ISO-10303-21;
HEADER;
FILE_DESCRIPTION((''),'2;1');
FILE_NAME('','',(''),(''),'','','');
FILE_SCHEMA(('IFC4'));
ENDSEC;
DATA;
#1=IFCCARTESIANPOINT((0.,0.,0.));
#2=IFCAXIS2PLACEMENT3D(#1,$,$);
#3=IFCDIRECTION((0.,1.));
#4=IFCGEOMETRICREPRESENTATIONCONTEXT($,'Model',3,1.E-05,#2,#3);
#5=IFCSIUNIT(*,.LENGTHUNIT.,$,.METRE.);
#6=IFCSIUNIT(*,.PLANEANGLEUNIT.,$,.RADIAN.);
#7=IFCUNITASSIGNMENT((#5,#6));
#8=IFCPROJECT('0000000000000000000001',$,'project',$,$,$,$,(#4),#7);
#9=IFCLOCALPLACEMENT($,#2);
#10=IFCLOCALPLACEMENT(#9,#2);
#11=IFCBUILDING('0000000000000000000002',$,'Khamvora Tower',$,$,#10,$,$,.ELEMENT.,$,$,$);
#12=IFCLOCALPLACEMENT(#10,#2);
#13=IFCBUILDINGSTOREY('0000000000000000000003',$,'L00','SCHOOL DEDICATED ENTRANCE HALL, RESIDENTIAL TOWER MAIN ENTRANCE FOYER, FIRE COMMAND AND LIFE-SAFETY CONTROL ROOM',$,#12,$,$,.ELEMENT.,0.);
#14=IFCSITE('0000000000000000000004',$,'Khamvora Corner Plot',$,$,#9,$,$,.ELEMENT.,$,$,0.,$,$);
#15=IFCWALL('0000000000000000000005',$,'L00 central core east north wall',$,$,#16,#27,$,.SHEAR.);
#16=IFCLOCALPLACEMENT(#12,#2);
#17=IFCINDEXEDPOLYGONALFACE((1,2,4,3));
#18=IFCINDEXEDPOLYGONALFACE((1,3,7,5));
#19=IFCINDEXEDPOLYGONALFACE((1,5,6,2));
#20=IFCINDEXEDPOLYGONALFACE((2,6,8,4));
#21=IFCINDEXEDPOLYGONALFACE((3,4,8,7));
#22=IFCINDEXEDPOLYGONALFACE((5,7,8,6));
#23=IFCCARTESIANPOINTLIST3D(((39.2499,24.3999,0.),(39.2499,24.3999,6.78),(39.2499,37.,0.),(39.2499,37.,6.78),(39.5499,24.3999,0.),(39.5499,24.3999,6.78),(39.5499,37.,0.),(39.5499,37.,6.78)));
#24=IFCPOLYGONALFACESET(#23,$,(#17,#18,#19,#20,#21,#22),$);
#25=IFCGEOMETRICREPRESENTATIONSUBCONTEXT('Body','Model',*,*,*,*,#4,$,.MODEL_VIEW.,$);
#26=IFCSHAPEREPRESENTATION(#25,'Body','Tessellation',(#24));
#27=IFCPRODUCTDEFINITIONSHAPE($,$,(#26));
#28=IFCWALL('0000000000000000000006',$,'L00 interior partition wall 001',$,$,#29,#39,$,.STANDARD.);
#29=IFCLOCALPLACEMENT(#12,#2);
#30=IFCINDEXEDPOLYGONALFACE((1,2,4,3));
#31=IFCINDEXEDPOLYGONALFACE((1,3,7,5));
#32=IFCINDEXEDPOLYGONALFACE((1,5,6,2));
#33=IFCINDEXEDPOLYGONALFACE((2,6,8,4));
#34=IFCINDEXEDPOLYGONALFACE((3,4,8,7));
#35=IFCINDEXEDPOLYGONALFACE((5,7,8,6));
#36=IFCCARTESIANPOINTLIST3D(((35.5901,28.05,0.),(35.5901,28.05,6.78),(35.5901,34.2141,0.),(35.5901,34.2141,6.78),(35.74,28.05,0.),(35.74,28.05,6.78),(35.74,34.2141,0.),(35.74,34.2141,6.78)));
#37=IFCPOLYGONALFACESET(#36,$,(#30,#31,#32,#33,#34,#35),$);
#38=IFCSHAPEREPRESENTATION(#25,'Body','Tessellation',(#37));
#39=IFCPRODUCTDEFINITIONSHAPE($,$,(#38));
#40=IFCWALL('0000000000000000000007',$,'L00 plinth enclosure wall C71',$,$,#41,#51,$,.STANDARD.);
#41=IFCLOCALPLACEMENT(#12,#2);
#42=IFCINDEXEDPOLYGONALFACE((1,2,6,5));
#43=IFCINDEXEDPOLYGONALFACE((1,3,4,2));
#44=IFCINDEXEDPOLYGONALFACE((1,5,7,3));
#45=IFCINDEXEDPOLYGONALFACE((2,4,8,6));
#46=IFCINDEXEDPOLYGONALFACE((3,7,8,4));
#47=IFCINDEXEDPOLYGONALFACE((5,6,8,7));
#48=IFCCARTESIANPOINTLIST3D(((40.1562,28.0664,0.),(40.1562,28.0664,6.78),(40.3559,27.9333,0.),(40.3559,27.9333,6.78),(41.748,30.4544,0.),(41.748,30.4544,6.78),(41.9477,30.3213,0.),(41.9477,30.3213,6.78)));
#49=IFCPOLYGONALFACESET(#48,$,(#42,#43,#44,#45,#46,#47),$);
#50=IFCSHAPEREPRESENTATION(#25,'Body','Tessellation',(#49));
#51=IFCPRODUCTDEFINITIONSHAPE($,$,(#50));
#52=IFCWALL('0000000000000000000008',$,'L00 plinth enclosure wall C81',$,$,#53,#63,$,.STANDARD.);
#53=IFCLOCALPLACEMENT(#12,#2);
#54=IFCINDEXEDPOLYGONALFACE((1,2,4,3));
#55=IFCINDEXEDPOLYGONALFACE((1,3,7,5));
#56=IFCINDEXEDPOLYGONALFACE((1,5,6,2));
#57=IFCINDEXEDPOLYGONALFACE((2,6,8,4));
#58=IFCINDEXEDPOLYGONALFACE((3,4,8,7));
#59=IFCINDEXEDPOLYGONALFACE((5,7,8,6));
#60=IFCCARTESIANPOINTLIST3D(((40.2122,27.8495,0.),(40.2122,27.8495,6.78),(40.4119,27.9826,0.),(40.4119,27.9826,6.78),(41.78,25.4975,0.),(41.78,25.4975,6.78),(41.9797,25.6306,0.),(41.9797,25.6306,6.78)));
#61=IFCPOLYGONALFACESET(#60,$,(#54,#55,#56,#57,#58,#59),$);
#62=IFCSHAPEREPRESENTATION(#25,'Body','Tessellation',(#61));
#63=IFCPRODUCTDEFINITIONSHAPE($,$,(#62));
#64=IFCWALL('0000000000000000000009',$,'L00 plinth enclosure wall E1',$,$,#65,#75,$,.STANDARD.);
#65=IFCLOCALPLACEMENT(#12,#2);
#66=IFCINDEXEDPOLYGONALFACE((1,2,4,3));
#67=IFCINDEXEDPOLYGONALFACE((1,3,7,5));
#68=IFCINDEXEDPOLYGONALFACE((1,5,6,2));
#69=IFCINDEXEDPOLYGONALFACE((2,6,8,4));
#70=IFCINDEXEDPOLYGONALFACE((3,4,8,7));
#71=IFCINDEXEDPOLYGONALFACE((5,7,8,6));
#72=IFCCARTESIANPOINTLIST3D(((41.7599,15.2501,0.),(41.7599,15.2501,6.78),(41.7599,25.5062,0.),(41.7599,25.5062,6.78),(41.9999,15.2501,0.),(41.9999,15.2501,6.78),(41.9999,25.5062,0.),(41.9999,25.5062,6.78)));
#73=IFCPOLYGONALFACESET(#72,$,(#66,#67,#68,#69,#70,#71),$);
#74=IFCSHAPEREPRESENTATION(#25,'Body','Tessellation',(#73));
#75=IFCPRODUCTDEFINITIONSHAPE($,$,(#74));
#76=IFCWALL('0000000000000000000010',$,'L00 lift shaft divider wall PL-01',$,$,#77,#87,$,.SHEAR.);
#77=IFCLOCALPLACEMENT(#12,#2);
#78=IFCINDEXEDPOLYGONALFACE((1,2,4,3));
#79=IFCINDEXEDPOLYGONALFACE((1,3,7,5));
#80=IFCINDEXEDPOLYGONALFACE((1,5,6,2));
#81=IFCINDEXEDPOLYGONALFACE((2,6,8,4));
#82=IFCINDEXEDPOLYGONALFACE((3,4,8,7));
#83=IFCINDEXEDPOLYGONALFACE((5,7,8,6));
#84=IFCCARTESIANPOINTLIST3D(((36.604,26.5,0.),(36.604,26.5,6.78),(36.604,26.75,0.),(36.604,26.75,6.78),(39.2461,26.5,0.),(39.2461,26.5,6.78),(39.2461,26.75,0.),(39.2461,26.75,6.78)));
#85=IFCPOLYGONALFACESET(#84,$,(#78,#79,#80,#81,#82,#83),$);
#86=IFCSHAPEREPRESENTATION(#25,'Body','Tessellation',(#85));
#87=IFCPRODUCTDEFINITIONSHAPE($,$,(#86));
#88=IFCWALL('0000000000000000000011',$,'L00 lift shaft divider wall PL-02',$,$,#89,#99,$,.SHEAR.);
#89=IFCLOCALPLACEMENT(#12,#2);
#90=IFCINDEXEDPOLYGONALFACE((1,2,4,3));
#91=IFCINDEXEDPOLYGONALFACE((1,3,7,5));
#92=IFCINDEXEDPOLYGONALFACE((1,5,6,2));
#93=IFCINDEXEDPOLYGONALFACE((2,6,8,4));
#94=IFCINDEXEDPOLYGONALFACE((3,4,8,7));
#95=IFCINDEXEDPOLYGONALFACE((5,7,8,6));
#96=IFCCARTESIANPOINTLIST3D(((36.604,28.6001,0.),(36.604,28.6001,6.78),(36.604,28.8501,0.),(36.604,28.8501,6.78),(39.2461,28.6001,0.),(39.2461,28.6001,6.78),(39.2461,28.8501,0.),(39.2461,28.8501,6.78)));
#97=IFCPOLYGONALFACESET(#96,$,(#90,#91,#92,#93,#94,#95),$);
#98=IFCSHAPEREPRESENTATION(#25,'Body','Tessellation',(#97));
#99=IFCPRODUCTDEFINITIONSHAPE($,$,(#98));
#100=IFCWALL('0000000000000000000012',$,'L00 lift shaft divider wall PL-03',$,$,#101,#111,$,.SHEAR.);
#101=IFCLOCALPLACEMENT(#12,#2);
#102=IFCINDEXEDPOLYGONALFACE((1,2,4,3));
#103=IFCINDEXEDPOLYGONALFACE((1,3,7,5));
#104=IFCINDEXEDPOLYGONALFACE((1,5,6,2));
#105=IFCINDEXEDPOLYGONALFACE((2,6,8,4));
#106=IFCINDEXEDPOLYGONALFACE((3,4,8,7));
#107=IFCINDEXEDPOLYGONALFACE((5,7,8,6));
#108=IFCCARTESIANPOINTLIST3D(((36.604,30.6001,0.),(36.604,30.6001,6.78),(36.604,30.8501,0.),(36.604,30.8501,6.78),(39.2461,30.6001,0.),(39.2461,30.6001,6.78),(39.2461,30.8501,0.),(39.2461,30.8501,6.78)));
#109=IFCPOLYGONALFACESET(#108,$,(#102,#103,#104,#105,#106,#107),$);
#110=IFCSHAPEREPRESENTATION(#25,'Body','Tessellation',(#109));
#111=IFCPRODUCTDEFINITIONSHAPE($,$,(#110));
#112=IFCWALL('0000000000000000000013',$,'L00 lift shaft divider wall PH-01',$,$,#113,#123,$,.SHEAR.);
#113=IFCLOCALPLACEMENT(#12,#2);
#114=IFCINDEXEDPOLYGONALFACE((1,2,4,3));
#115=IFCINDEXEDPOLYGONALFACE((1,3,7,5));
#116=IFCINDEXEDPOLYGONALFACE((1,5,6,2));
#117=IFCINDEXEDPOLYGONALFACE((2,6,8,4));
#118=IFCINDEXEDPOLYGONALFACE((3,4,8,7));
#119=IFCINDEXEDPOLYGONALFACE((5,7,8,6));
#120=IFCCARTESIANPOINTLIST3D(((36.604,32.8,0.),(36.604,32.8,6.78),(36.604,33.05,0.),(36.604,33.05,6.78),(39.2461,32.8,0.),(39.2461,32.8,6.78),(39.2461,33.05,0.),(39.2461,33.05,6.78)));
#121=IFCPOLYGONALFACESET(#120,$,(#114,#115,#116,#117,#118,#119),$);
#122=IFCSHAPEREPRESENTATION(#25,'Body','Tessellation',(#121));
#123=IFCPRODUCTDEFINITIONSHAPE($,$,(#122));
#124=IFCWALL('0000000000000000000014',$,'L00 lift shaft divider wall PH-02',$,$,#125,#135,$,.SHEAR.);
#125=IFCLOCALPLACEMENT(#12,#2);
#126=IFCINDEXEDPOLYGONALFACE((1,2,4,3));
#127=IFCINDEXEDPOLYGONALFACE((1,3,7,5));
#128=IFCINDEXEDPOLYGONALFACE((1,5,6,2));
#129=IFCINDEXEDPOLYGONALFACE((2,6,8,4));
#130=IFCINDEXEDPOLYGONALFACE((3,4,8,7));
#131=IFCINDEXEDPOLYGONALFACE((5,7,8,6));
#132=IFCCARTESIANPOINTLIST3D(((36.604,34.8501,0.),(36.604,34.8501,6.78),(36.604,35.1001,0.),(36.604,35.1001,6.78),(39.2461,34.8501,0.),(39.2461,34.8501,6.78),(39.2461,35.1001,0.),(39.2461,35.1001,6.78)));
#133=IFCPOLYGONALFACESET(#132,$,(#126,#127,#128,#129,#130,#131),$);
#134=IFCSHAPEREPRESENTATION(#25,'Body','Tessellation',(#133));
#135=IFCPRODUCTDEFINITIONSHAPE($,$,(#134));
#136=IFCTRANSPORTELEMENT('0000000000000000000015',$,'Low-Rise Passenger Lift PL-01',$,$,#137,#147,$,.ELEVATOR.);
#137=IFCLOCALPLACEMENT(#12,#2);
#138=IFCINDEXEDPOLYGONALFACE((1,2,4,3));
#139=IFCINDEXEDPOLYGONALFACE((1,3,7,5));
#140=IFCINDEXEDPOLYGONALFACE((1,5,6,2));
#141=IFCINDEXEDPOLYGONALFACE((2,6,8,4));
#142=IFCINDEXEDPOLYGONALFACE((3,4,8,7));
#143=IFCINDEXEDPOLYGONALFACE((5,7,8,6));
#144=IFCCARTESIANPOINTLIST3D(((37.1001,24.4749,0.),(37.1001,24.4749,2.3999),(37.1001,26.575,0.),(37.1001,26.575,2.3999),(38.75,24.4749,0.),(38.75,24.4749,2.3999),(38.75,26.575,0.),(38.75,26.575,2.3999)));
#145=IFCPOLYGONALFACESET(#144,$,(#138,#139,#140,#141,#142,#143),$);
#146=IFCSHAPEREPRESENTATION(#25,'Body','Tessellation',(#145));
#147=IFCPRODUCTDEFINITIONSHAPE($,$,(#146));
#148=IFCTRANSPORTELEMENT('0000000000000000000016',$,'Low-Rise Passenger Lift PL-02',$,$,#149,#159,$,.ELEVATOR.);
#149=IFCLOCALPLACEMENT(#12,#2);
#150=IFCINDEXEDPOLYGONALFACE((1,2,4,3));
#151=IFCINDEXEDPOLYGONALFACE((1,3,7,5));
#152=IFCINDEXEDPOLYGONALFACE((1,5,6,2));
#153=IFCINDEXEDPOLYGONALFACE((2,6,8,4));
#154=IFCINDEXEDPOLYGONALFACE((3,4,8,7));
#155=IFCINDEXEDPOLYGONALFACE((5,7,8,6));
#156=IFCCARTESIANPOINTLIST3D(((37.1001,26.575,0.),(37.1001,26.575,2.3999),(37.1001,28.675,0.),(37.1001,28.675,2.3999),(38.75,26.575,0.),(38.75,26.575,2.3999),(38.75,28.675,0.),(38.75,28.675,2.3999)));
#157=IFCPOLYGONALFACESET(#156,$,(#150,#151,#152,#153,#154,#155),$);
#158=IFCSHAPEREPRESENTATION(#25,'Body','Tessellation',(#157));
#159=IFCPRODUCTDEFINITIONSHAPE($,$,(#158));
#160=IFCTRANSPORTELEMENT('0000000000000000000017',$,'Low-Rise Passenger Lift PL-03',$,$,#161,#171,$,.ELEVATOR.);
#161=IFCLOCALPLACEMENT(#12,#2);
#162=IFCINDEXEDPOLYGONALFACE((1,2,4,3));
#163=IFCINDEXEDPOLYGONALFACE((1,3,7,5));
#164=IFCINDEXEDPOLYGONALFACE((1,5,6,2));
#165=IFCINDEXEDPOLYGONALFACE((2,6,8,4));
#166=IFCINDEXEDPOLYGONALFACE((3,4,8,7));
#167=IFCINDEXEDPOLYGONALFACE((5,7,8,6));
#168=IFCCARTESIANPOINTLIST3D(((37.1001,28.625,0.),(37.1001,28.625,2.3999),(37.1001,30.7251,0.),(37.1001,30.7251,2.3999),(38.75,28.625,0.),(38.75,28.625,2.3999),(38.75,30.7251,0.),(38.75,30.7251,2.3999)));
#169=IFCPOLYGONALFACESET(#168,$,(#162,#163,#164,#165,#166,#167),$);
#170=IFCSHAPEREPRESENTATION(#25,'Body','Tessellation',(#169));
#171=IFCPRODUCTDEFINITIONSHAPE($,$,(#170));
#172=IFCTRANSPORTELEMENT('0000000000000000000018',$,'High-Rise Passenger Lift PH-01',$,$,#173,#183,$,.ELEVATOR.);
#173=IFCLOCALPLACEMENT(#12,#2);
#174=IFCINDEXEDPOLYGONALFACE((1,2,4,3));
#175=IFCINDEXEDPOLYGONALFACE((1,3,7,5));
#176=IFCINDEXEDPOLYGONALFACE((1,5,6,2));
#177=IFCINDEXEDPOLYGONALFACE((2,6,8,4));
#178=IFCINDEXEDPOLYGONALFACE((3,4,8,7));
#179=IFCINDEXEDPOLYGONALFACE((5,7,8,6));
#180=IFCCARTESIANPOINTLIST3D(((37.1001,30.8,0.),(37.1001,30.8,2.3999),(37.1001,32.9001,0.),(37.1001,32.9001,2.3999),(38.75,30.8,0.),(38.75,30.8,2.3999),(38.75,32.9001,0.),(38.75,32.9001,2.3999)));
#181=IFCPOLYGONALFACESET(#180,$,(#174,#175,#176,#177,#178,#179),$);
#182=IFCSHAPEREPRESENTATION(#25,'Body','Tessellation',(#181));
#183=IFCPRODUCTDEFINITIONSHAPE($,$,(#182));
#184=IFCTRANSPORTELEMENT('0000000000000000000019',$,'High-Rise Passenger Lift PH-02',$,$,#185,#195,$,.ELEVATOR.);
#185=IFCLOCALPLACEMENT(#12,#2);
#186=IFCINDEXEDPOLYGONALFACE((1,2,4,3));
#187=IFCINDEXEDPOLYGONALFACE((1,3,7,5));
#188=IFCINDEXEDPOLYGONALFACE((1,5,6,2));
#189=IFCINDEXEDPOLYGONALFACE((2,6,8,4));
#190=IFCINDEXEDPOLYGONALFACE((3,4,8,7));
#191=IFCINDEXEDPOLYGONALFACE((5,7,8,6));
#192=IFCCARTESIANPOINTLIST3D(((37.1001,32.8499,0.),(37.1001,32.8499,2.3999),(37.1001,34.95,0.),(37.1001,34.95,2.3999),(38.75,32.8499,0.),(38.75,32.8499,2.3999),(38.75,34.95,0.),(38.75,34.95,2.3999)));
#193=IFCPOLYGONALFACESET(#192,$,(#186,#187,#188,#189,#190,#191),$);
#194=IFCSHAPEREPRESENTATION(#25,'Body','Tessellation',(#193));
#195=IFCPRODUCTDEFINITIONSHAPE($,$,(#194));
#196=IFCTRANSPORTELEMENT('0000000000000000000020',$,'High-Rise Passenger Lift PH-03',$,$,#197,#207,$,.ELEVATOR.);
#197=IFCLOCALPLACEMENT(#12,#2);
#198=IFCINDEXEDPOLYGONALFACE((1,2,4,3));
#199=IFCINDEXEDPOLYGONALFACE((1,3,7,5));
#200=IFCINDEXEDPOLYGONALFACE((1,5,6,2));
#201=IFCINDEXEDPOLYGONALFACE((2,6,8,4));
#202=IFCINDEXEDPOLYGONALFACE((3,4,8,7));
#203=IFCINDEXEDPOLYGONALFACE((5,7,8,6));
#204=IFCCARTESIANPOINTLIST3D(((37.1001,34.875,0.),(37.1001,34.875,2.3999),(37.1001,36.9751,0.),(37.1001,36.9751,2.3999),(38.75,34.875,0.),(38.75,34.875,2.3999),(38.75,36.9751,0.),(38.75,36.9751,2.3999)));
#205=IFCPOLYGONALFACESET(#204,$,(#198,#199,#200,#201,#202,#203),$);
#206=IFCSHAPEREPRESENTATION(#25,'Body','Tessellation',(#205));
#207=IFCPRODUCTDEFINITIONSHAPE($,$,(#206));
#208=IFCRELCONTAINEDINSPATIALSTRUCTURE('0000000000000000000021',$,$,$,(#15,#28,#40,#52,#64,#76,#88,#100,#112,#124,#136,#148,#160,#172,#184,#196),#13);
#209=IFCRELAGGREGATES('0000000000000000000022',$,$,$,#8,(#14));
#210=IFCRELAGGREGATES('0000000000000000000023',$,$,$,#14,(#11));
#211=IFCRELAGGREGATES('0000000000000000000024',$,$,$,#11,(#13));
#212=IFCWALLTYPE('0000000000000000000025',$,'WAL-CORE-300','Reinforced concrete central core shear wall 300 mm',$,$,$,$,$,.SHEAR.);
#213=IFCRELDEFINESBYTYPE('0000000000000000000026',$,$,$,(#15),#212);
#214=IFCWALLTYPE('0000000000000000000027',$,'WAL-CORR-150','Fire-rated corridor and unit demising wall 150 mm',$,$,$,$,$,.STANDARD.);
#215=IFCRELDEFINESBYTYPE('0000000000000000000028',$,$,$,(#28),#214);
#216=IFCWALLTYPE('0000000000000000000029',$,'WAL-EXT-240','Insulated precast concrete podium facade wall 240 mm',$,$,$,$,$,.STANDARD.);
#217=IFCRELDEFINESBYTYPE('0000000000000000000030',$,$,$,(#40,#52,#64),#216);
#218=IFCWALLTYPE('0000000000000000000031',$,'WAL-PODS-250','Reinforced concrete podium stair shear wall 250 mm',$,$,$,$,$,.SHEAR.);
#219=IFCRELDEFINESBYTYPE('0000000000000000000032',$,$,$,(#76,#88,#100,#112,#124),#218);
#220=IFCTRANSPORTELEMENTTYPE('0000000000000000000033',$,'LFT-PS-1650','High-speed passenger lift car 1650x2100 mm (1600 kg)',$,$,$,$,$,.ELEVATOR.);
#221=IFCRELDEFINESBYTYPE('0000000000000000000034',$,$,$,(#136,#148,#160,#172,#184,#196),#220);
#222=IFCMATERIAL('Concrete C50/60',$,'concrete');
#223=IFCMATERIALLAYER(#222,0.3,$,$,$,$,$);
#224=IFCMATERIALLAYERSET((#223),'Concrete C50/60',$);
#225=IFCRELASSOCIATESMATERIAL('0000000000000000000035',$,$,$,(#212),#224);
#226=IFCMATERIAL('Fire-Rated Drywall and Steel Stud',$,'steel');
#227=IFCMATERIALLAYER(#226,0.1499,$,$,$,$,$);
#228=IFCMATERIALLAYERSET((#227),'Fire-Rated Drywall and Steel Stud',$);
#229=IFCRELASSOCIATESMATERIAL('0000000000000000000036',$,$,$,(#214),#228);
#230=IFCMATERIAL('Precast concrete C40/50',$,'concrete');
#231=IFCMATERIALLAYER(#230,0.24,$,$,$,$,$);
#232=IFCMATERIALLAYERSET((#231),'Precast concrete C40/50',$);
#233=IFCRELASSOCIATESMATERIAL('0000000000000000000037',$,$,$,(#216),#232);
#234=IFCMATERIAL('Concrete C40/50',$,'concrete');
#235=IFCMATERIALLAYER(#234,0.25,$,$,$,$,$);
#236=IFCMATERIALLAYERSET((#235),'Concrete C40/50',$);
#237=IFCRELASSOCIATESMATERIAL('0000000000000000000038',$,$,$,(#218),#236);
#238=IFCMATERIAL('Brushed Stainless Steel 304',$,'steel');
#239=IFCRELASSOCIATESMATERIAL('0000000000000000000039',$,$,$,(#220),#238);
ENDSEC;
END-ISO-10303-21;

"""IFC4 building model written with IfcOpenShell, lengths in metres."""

from ifc_helpers import new_model, si_unit, direction, frame, frame_2d, origin, origin_2d, place, context, subcontext, project, spatial, rectangle, extrude, material, layer, layer_set, type_object, element, save


model = new_model("IFC4")

# Units and contexts
model_context = context("Model", 3, precision=1e-05, world=origin(), true_north=direction((0.0, 1.0)))
body_context = subcontext(model_context, "Body", "Model", "MODEL_VIEW")
ifc_project = project(units=[si_unit("LENGTHUNIT", "METRE"), si_unit("PLANEANGLEUNIT", "RADIAN")], contexts=[model_context])

# Site, building, storey
site_placement = place(None, origin())
site = spatial("IfcSite", under=ifc_project, at=site_placement, Name="Khamvora Corner Plot", CompositionType="ELEMENT", RefElevation=0.0)
building_placement = place(site_placement, origin())
building = spatial("IfcBuilding", under=site, at=building_placement, Name="Khamvora Tower", CompositionType="ELEMENT")
storey_placement = place(building_placement, origin())
storey = spatial("IfcBuildingStorey", under=building, at=storey_placement, Name="L00", Description="SCHOOL DEDICATED ENTRANCE HALL, RESIDENTIAL TOWER MAIN ENTRANCE FOYER, FIRE COMMAND AND LIFE-SAFETY CONTROL ROOM", CompositionType="ELEMENT", Elevation=0.0)

# Wall
ifc_material_1 = material(Name="Concrete C50/60", Category="concrete")
ifc_layer_1 = layer(ifc_material_1, 0.3)
ifc_layer_set_1 = layer_set([ifc_layer_1], Name="Concrete C50/60")
wall_type_1 = type_object("IfcWallType", Name="WAL-CORE-300", Description="Reinforced concrete central core shear wall 300 mm", PredefinedType="SHEAR", material=ifc_layer_set_1)
wall_1_placement = place(storey_placement, frame((39.3999, 24.3999, 0.0), z_axis=(0.0, 0.0, 1.0), x_axis=(0.0, 1.0, 0.0)))
element("IfcWall", 1, at=wall_1_placement, inside=storey, type_object=wall_type_1, Name="L00 central core east north wall", PredefinedType="SHEAR", context=body_context, shape_type="SweptSolid", body=[
    extrude(rectangle(XDim=12.6001, YDim=0.3, at=frame_2d((6.3, 0.0))), origin(), (0.0, 0.0, 1.0), 6.78),
])

# Walls
ifc_material_2 = material(Name="Fire-Rated Drywall and Steel Stud", Category="steel")
ifc_layer_2 = layer(ifc_material_2, 0.1499)
ifc_layer_set_2 = layer_set([ifc_layer_2], Name="Fire-Rated Drywall and Steel Stud")
wall_type_2 = type_object("IfcWallType", Name="WAL-CORR-150", Description="Fire-rated corridor and unit demising wall 150 mm", PredefinedType="STANDARD", material=ifc_layer_set_2)
wall_2_placement = place(storey_placement, frame((35.665, 34.2141, 0.0), z_axis=(0.0, 0.0, 1.0), x_axis=(0.0, -1.0, 0.0)))
element("IfcWall", 2, at=wall_2_placement, inside=storey, type_object=wall_type_2, Name="L00 interior partition wall 001", PredefinedType="STANDARD", context=body_context, shape_type="SweptSolid", body=[
    extrude(rectangle(XDim=6.1641, YDim=0.1499, at=frame_2d((3.082, 0.0))), origin(), (0.0, 0.0, 1.0), 6.78),
])
ifc_material_3 = material(Name="Precast concrete C40/50", Category="concrete")
ifc_layer_3 = layer(ifc_material_3, 0.24)
ifc_layer_set_3 = layer_set([ifc_layer_3], Name="Precast concrete C40/50")
wall_type_3 = type_object("IfcWallType", Name="WAL-EXT-240", Description="Insulated precast concrete podium facade wall 240 mm", PredefinedType="STANDARD", material=ifc_layer_set_3)
wall_3_placement = place(storey_placement, frame((41.8479, 30.3879, 0.0), z_axis=(0.0, 0.0, 1.0), x_axis=(-0.554661, -0.832076, 0.0)))
element("IfcWall", 3, at=wall_3_placement, inside=storey, type_object=wall_type_3, Name="L00 plinth enclosure wall C71", PredefinedType="STANDARD", context=body_context, shape_type="SweptSolid", body=[
    extrude(rectangle(XDim=2.8699, YDim=0.24, at=frame_2d((1.4351, 0.0))), origin(), (0.0, 0.0, 1.0), 6.78),
])
wall_4_placement = place(storey_placement, frame((40.312, 27.916, 0.0), z_axis=(0.0, 0.0, 1.0), x_axis=(0.55466, -0.832077, 0.0)))
element("IfcWall", 4, at=wall_4_placement, inside=storey, type_object=wall_type_3, Name="L00 plinth enclosure wall C81", PredefinedType="STANDARD", context=body_context, shape_type="SweptSolid", body=[
    extrude(rectangle(XDim=2.8267, YDim=0.24, at=frame_2d((1.4133, 0.0))), origin(), (0.0, 0.0, 1.0), 6.78),
])
wall_5_placement = place(storey_placement, frame((41.8799, 25.5061, 0.0), z_axis=(0.0, 0.0, 1.0), x_axis=(0.0, -1.0, 0.0)))
element("IfcWall", 5, at=wall_5_placement, inside=storey, type_object=wall_type_3, Name="L00 plinth enclosure wall E1", PredefinedType="STANDARD", context=body_context, shape_type="SweptSolid", body=[
    extrude(rectangle(XDim=10.2561, YDim=0.24, at=frame_2d((5.1279, 0.0))), origin(), (0.0, 0.0, 1.0), 6.78),
])
ifc_material_4 = material(Name="Concrete C40/50", Category="concrete")
ifc_layer_4 = layer(ifc_material_4, 0.25)
ifc_layer_set_4 = layer_set([ifc_layer_4], Name="Concrete C40/50")
wall_type_4 = type_object("IfcWallType", Name="WAL-PODS-250", Description="Reinforced concrete podium stair shear wall 250 mm", PredefinedType="SHEAR", material=ifc_layer_set_4)
for number, where, z_axis, x_axis, name in (
    (6, (36.604, 26.625, 0.0), (0.0, 0.0, 1.0), (1.0, 0.0, 0.0), "L00 lift shaft divider wall PL-01"),
    (7, (36.604, 28.7251, 0.0), (0.0, 0.0, 1.0), (1.0, 0.0, 0.0), "L00 lift shaft divider wall PL-02"),
    (8, (36.604, 30.7251, 0.0), (0.0, 0.0, 1.0), (1.0, 0.0, 0.0), "L00 lift shaft divider wall PL-03"),
    (9, (36.604, 32.925, 0.0), (0.0, 0.0, 1.0), (1.0, 0.0, 0.0), "L00 lift shaft divider wall PH-01"),
    (10, (36.604, 34.9751, 0.0), (0.0, 0.0, 1.0), (1.0, 0.0, 0.0), "L00 lift shaft divider wall PH-02"),
):
    element("IfcWall", number, at=place(storey_placement, frame(where, z_axis=z_axis, x_axis=x_axis)), inside=storey, type_object=wall_type_4, Name=name, PredefinedType="SHEAR", context=body_context, shape_type="SweptSolid", body=[
        extrude(rectangle(XDim=2.6421, YDim=0.25, at=frame_2d((1.321, 0.0))), origin(), (0.0, 0.0, 1.0), 6.78),
    ])

# Transport elements
ifc_material_5 = material(Name="Brushed Stainless Steel 304", Category="steel")
transport_element_type = type_object("IfcTransportElementType", Name="LFT-PS-1650", Description="High-speed passenger lift car 1650x2100 mm (1600 kg)", PredefinedType="ELEVATOR", material=ifc_material_5)
for number, where, z_axis, x_axis, name in (
    (11, (37.925, 25.5249, 0.0), (0.0, 0.0, 1.0), (1.0, 0.0, 0.0), "Low-Rise Passenger Lift PL-01"),
    (12, (37.925, 27.625, 0.0), (0.0, 0.0, 1.0), (1.0, 0.0, 0.0), "Low-Rise Passenger Lift PL-02"),
    (13, (37.925, 29.675, 0.0), (0.0, 0.0, 1.0), (1.0, 0.0, 0.0), "Low-Rise Passenger Lift PL-03"),
    (14, (37.925, 31.8501, 0.0), (0.0, 0.0, 1.0), (1.0, 0.0, 0.0), "High-Rise Passenger Lift PH-01"),
    (15, (37.925, 33.8999, 0.0), (0.0, 0.0, 1.0), (1.0, 0.0, 0.0), "High-Rise Passenger Lift PH-02"),
    (16, (37.925, 35.925, 0.0), (0.0, 0.0, 1.0), (1.0, 0.0, 0.0), "High-Rise Passenger Lift PH-03"),
):
    element("IfcTransportElement", number, at=place(storey_placement, frame(where, z_axis=z_axis, x_axis=x_axis)), inside=storey, type_object=transport_element_type, Name=name, PredefinedType="ELEVATOR", context=body_context, shape_type="SweptSolid", body=[
        extrude(rectangle(XDim=1.6499, YDim=2.1001, at=origin_2d()), origin(), (0.0, 0.0, 1.0), 2.3999),
    ])

save(model, "model.ifc")
